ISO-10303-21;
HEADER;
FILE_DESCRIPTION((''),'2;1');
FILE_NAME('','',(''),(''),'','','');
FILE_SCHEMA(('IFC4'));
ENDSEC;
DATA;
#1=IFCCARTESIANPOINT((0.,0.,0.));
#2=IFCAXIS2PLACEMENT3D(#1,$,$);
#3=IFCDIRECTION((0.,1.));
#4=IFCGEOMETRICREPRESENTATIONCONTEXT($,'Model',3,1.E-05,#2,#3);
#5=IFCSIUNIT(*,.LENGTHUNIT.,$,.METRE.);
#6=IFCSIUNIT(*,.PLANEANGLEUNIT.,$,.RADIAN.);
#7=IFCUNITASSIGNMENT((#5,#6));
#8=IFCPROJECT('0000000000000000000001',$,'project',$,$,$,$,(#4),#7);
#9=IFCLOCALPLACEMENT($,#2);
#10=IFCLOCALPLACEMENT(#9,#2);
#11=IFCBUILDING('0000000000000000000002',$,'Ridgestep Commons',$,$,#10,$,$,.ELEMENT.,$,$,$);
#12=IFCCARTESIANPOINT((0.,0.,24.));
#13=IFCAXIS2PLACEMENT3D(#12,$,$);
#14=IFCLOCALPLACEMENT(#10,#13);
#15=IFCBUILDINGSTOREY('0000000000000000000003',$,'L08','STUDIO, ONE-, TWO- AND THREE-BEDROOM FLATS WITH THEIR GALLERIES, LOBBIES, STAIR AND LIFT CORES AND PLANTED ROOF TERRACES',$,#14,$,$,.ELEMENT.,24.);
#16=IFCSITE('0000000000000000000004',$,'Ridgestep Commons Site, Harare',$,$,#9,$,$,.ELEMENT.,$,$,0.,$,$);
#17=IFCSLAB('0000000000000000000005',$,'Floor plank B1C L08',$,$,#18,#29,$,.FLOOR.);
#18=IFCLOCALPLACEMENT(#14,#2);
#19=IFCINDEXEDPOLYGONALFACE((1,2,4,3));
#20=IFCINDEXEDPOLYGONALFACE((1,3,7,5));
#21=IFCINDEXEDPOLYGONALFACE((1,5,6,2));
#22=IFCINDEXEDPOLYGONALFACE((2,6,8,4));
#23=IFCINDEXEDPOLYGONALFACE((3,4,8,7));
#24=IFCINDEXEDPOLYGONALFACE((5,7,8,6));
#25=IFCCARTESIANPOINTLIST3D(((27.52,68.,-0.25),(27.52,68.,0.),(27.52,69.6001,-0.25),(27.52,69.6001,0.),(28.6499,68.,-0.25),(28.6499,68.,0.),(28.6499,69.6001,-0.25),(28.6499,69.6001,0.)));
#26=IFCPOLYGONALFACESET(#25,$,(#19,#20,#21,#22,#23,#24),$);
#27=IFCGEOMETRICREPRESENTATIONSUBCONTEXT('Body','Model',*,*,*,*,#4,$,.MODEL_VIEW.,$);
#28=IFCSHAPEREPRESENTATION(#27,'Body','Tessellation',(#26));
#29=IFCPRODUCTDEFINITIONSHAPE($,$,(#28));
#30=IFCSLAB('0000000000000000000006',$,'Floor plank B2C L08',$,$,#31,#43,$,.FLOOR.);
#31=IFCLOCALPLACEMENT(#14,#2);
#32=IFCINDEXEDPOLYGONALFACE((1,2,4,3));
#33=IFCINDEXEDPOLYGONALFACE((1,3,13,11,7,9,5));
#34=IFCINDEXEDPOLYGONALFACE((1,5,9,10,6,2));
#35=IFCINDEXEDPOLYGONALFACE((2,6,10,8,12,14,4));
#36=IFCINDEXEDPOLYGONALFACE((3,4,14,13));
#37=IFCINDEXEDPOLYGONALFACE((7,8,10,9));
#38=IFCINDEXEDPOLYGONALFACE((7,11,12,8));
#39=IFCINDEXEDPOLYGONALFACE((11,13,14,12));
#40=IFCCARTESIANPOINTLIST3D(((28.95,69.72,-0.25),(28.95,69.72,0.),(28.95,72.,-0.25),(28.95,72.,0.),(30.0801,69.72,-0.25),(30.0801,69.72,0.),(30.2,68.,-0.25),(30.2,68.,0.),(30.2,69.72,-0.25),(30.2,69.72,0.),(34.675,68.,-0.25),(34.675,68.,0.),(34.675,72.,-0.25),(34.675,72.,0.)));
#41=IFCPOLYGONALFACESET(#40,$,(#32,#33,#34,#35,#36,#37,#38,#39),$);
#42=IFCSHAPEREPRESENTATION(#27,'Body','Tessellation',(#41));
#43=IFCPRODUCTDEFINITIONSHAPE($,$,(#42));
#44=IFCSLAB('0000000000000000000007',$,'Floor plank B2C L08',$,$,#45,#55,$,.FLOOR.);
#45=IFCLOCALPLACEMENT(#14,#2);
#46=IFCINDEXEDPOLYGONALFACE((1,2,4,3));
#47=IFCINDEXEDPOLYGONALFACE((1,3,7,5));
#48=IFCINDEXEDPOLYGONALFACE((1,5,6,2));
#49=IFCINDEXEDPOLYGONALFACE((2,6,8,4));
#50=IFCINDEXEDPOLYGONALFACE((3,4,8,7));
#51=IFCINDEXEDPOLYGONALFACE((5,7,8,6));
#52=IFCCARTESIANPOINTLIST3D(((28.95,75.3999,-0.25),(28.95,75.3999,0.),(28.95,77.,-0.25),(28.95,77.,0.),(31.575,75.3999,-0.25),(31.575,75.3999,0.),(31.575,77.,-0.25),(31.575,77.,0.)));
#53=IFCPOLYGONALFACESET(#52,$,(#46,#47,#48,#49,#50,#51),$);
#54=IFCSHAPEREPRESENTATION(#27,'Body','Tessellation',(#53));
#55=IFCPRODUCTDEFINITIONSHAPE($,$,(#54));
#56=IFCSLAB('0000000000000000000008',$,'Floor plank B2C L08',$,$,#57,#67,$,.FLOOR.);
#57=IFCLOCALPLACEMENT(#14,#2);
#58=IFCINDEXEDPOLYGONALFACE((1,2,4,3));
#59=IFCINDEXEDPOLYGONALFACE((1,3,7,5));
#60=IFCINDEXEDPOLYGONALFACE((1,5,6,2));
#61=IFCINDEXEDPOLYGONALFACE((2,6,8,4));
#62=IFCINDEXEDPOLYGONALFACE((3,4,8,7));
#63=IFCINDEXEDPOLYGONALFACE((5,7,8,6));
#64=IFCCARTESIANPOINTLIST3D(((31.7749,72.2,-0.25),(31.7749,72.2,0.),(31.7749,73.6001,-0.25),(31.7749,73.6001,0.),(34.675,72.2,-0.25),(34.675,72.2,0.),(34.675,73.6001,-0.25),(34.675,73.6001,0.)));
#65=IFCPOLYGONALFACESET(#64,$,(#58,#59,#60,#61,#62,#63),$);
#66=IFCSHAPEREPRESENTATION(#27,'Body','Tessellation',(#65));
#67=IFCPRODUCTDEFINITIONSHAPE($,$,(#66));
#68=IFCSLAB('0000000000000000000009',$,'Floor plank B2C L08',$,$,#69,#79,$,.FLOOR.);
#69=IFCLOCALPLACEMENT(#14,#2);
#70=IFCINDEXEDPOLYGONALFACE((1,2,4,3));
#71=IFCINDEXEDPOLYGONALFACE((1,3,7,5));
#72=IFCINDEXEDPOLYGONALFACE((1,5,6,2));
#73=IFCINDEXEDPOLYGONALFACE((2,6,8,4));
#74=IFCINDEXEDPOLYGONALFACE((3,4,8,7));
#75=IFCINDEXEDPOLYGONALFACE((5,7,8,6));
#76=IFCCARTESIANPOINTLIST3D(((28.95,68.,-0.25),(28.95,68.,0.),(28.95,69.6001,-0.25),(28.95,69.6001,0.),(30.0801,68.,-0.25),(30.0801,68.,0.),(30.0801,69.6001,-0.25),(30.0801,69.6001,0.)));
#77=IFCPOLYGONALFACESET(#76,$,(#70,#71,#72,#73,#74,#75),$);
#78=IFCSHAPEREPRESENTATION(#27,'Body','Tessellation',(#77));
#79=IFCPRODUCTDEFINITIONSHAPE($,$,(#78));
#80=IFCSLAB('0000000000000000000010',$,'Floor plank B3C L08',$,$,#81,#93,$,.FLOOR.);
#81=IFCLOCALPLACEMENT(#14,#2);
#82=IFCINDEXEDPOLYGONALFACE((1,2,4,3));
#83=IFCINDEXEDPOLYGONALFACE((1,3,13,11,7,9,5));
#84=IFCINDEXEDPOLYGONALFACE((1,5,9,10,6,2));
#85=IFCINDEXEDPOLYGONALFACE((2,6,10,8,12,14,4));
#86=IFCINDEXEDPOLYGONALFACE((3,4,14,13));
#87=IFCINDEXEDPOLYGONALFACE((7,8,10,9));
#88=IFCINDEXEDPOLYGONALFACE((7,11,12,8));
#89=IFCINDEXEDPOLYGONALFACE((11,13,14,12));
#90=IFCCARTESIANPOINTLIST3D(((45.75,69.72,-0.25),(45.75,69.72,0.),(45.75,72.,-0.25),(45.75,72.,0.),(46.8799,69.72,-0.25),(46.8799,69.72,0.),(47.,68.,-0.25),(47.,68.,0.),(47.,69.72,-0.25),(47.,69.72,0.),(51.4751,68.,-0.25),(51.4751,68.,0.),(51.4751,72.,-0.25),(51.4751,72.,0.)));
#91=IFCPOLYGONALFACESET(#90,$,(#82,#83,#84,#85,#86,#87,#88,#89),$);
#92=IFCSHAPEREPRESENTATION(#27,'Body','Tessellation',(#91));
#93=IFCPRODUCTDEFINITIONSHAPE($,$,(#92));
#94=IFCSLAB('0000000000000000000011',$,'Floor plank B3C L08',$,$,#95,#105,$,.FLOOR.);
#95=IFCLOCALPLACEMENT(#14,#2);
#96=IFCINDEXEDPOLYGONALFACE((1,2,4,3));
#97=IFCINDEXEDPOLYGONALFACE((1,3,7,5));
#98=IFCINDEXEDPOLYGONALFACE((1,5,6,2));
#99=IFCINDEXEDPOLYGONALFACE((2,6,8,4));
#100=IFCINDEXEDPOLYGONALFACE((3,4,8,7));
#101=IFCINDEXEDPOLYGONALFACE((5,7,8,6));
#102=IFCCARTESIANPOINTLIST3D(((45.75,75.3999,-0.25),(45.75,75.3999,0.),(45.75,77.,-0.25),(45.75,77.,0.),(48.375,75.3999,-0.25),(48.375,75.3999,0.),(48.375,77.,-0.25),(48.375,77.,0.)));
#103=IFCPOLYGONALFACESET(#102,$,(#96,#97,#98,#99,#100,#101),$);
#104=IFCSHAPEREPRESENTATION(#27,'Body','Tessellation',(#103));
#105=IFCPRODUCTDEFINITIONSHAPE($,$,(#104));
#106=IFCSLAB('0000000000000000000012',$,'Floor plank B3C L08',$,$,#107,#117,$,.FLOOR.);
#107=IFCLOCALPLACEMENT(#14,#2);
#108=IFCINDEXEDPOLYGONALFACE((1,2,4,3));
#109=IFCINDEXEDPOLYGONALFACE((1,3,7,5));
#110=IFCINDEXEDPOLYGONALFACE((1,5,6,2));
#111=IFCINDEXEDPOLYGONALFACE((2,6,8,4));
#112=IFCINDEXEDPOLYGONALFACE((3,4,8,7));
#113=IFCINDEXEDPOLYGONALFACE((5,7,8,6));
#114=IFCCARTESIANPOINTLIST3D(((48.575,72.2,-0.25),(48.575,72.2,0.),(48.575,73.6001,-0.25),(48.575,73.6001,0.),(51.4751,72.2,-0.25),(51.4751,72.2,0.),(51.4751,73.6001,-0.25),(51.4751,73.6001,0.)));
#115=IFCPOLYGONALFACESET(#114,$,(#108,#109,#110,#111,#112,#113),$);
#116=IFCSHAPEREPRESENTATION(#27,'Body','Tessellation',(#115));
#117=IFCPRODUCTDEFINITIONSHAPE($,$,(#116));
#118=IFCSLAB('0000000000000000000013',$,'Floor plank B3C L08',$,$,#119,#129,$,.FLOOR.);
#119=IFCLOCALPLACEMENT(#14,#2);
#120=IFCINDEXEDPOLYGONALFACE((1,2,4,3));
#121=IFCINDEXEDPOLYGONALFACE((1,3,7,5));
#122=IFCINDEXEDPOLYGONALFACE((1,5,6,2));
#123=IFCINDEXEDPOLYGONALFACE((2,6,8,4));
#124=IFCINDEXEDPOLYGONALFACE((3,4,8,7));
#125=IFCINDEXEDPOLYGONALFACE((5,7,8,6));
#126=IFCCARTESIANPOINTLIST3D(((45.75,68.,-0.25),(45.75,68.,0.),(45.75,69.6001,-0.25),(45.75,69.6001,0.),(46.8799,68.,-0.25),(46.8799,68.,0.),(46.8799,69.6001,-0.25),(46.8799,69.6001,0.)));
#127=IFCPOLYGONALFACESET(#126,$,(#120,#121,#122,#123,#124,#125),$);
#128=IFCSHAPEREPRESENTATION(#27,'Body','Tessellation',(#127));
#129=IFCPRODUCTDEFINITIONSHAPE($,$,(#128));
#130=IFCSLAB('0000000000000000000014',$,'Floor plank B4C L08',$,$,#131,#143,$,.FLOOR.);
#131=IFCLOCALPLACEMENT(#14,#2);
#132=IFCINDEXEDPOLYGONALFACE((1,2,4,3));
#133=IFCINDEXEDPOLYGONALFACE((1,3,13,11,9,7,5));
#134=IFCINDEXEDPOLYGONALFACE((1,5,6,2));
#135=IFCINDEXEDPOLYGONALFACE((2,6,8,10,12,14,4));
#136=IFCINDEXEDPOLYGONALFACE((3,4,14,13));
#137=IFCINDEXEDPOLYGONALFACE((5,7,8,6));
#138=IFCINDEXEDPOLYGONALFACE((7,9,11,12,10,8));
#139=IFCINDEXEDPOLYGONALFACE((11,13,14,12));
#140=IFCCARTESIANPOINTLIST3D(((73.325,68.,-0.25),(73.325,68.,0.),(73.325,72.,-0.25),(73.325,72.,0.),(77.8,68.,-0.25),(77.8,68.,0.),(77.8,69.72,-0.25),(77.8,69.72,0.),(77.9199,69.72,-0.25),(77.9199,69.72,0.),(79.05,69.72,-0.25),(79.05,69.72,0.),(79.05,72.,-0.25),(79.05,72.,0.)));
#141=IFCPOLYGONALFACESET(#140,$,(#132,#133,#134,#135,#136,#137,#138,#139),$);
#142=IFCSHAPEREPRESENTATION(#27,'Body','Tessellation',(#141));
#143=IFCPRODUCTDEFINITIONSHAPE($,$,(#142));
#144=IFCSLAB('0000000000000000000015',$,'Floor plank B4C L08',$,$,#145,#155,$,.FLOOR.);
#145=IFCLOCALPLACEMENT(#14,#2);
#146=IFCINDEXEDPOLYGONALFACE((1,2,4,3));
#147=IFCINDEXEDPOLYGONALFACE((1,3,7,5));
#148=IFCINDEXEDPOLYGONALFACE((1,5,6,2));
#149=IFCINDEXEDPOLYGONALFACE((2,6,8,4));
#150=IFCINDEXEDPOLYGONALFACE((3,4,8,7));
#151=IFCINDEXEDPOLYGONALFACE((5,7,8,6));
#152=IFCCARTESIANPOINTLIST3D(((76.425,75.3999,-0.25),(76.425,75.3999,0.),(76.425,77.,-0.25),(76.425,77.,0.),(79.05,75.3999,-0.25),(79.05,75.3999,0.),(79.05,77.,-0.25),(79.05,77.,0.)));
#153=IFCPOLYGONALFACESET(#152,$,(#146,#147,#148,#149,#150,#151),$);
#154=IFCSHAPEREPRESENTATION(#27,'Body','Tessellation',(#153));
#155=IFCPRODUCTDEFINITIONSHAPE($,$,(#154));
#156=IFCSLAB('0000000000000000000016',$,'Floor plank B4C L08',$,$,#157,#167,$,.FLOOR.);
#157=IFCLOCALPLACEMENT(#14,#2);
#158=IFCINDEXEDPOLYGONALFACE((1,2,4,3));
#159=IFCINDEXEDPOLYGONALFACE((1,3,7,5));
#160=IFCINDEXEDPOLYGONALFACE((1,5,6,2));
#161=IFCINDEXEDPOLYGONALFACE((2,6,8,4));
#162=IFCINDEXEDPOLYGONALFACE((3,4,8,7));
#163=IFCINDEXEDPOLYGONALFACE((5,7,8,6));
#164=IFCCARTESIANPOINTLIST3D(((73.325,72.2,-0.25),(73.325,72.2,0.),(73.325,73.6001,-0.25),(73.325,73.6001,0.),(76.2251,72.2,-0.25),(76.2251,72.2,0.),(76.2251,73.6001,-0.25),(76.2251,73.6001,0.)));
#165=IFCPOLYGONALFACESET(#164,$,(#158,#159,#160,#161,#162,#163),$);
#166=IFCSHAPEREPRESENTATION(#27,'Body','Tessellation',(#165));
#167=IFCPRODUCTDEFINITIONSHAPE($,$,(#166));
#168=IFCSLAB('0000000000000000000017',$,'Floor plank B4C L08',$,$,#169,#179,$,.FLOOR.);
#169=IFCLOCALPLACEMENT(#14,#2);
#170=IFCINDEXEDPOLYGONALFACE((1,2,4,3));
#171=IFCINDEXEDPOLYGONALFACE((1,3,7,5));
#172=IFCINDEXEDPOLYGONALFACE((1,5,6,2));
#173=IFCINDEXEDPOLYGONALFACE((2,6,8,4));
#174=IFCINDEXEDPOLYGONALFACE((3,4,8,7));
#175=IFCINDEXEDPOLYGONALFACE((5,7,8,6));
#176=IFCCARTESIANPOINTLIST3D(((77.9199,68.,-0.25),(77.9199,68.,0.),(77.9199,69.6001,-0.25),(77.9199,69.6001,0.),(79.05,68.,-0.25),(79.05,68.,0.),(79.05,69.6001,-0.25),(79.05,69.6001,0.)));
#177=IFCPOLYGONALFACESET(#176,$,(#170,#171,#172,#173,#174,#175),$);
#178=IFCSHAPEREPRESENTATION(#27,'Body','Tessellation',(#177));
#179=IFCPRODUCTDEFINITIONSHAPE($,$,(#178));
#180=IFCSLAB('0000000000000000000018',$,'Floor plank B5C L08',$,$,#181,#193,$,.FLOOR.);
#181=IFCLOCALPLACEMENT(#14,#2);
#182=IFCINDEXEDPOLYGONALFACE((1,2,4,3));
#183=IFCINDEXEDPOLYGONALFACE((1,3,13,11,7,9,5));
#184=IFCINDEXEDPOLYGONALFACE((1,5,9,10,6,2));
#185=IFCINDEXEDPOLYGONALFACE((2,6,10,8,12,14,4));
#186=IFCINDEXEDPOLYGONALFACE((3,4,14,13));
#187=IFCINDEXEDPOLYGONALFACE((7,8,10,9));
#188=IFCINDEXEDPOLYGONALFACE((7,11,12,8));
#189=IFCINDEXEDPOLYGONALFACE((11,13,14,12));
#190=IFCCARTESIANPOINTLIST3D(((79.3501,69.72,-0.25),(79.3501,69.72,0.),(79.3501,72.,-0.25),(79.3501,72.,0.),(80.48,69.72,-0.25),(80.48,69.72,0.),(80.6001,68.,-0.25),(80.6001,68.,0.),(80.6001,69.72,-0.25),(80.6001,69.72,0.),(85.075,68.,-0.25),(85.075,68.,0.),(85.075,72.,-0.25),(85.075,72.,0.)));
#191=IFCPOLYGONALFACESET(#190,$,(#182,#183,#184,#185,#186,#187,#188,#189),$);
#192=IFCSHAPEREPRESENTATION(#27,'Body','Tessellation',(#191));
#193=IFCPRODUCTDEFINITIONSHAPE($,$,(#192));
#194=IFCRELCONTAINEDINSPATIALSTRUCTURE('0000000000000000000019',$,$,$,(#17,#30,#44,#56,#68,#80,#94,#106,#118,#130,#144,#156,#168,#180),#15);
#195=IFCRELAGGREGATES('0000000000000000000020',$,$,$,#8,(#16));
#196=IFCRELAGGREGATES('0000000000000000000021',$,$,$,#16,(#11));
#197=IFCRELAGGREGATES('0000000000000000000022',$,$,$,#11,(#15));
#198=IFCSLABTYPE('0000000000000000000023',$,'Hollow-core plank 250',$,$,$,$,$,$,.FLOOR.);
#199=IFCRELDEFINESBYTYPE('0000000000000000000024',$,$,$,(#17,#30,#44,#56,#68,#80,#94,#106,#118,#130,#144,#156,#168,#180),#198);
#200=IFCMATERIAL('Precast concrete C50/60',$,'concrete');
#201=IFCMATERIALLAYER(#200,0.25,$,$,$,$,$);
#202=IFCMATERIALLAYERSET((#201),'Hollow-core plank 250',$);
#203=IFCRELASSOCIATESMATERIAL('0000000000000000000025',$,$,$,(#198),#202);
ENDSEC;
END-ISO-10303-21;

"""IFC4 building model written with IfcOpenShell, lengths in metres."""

from ifc_helpers import new_model, si_unit, direction, frame, origin, place, context, subcontext, project, spatial, polyline, outline, extrude, material, layer, layer_set, type_object, element, save


model = new_model("IFC4")

# Units and contexts
model_context = context("Model", 3, precision=1e-05, world=origin(), true_north=direction((0.0, 1.0)))
body_context = subcontext(model_context, "Body", "Model", "MODEL_VIEW")
ifc_project = project(units=[si_unit("LENGTHUNIT", "METRE"), si_unit("PLANEANGLEUNIT", "RADIAN")], contexts=[model_context])

# Site, building, storey
site_placement = place(None, origin())
site = spatial("IfcSite", under=ifc_project, at=site_placement, Name="Ridgestep Commons Site, Harare", CompositionType="ELEMENT", RefElevation=0.0)
building_placement = place(site_placement, origin())
building = spatial("IfcBuilding", under=site, at=building_placement, Name="Ridgestep Commons", CompositionType="ELEMENT")
storey_placement = place(building_placement, frame((0.0, 0.0, 24.0)))
storey = spatial("IfcBuildingStorey", under=building, at=storey_placement, Name="L08", Description="STUDIO, ONE-, TWO- AND THREE-BEDROOM FLATS WITH THEIR GALLERIES, LOBBIES, STAIR AND LIFT CORES AND PLANTED ROOF TERRACES", CompositionType="ELEMENT", Elevation=24.0)

# Slabs
ifc_material_1 = material(Name="Precast concrete C50/60", Category="concrete")
ifc_layer_1 = layer(ifc_material_1, 0.25)
ifc_layer_set_1 = layer_set([ifc_layer_1], Name="Hollow-core plank 250")
slab_type_1 = type_object("IfcSlabType", Name="Hollow-core plank 250", PredefinedType="FLOOR", material=ifc_layer_set_1)
slab_1_placement = place(storey_placement, frame((0.0, 0.0, -0.25)))
element("IfcSlab", 1, at=slab_1_placement, inside=storey, type_object=slab_type_1, Name="Floor plank B1C L08", PredefinedType="FLOOR", context=body_context, shape_type="SweptSolid", body=[
    extrude(outline(polyline([(27.52, 68.0), (28.6499, 68.0), (28.6499, 69.6001), (27.52, 69.6001), (27.52, 68.0)])), origin(), (0.0, 0.0, 1.0), 0.25),
])
slab_2_placement = place(storey_placement, frame((0.0, 0.0, -0.25)))
element("IfcSlab", 2, at=slab_2_placement, inside=storey, type_object=slab_type_1, Name="Floor plank B2C L08", PredefinedType="FLOOR", context=body_context, shape_type="SweptSolid", body=[
    extrude(outline(polyline([(30.2, 68.0), (34.675, 68.0), (34.675, 72.0), (28.95, 72.0), (28.95, 69.72), (30.0801, 69.72), (30.2, 69.72), (30.2, 68.0)])), origin(), (0.0, 0.0, 1.0), 0.25),
])
slab_3_placement = place(storey_placement, frame((0.0, 0.0, -0.25)))
element("IfcSlab", 3, at=slab_3_placement, inside=storey, type_object=slab_type_1, Name="Floor plank B2C L08", PredefinedType="FLOOR", context=body_context, shape_type="SweptSolid", body=[
    extrude(outline(polyline([(31.575, 77.0), (28.95, 77.0), (28.95, 75.3999), (31.575, 75.3999), (31.575, 77.0)])), origin(), (0.0, 0.0, 1.0), 0.25),
])
slab_4_placement = place(storey_placement, frame((0.0, 0.0, -0.25)))
element("IfcSlab", 4, at=slab_4_placement, inside=storey, type_object=slab_type_1, Name="Floor plank B2C L08", PredefinedType="FLOOR", context=body_context, shape_type="SweptSolid", body=[
    extrude(outline(polyline([(34.675, 72.2), (34.675, 73.6001), (31.7749, 73.6001), (31.7749, 72.2), (34.675, 72.2)])), origin(), (0.0, 0.0, 1.0), 0.25),
])
slab_5_placement = place(storey_placement, frame((0.0, 0.0, -0.25)))
element("IfcSlab", 5, at=slab_5_placement, inside=storey, type_object=slab_type_1, Name="Floor plank B2C L08", PredefinedType="FLOOR", context=body_context, shape_type="SweptSolid", body=[
    extrude(outline(polyline([(30.0801, 69.6001), (28.95, 69.6001), (28.95, 68.0), (30.0801, 68.0), (30.0801, 69.6001)])), origin(), (0.0, 0.0, 1.0), 0.25),
])
slab_6_placement = place(storey_placement, frame((0.0, 0.0, -0.25)))
element("IfcSlab", 6, at=slab_6_placement, inside=storey, type_object=slab_type_1, Name="Floor plank B3C L08", PredefinedType="FLOOR", context=body_context, shape_type="SweptSolid", body=[
    extrude(outline(polyline([(47.0, 68.0), (51.4751, 68.0), (51.4751, 72.0), (45.75, 72.0), (45.75, 69.72), (46.8799, 69.72), (47.0, 69.72), (47.0, 68.0)])), origin(), (0.0, 0.0, 1.0), 0.25),
])
slab_7_placement = place(storey_placement, frame((0.0, 0.0, -0.25)))
element("IfcSlab", 7, at=slab_7_placement, inside=storey, type_object=slab_type_1, Name="Floor plank B3C L08", PredefinedType="FLOOR", context=body_context, shape_type="SweptSolid", body=[
    extrude(outline(polyline([(48.375, 77.0), (45.75, 77.0), (45.75, 75.3999), (48.375, 75.3999), (48.375, 77.0)])), origin(), (0.0, 0.0, 1.0), 0.25),
])
slab_8_placement = place(storey_placement, frame((0.0, 0.0, -0.25)))
element("IfcSlab", 8, at=slab_8_placement, inside=storey, type_object=slab_type_1, Name="Floor plank B3C L08", PredefinedType="FLOOR", context=body_context, shape_type="SweptSolid", body=[
    extrude(outline(polyline([(51.4751, 72.2), (51.4751, 73.6001), (48.575, 73.6001), (48.575, 72.2), (51.4751, 72.2)])), origin(), (0.0, 0.0, 1.0), 0.25),
])
slab_9_placement = place(storey_placement, frame((0.0, 0.0, -0.25)))
element("IfcSlab", 9, at=slab_9_placement, inside=storey, type_object=slab_type_1, Name="Floor plank B3C L08", PredefinedType="FLOOR", context=body_context, shape_type="SweptSolid", body=[
    extrude(outline(polyline([(46.8799, 69.6001), (45.75, 69.6001), (45.75, 68.0), (46.8799, 68.0), (46.8799, 69.6001)])), origin(), (0.0, 0.0, 1.0), 0.25),
])
slab_10_placement = place(storey_placement, frame((0.0, 0.0, -0.25)))
element("IfcSlab", 10, at=slab_10_placement, inside=storey, type_object=slab_type_1, Name="Floor plank B4C L08", PredefinedType="FLOOR", context=body_context, shape_type="SweptSolid", body=[
    extrude(outline(polyline([(77.9199, 69.72), (79.05, 69.72), (79.05, 72.0), (73.325, 72.0), (73.325, 68.0), (77.8, 68.0), (77.8, 69.72), (77.9199, 69.72)])), origin(), (0.0, 0.0, 1.0), 0.25),
])
slab_11_placement = place(storey_placement, frame((0.0, 0.0, -0.25)))
element("IfcSlab", 11, at=slab_11_placement, inside=storey, type_object=slab_type_1, Name="Floor plank B4C L08", PredefinedType="FLOOR", context=body_context, shape_type="SweptSolid", body=[
    extrude(outline(polyline([(79.05, 75.3999), (79.05, 77.0), (76.425, 77.0), (76.425, 75.3999), (79.05, 75.3999)])), origin(), (0.0, 0.0, 1.0), 0.25),
])
slab_12_placement = place(storey_placement, frame((0.0, 0.0, -0.25)))
element("IfcSlab", 12, at=slab_12_placement, inside=storey, type_object=slab_type_1, Name="Floor plank B4C L08", PredefinedType="FLOOR", context=body_context, shape_type="SweptSolid", body=[
    extrude(outline(polyline([(76.2251, 72.2), (76.2251, 73.6001), (73.325, 73.6001), (73.325, 72.2), (76.2251, 72.2)])), origin(), (0.0, 0.0, 1.0), 0.25),
])
slab_13_placement = place(storey_placement, frame((0.0, 0.0, -0.25)))
element("IfcSlab", 13, at=slab_13_placement, inside=storey, type_object=slab_type_1, Name="Floor plank B4C L08", PredefinedType="FLOOR", context=body_context, shape_type="SweptSolid", body=[
    extrude(outline(polyline([(77.9199, 68.0), (79.05, 68.0), (79.05, 69.6001), (77.9199, 69.6001), (77.9199, 68.0)])), origin(), (0.0, 0.0, 1.0), 0.25),
])
slab_14_placement = place(storey_placement, frame((0.0, 0.0, -0.25)))
element("IfcSlab", 14, at=slab_14_placement, inside=storey, type_object=slab_type_1, Name="Floor plank B5C L08", PredefinedType="FLOOR", context=body_context, shape_type="SweptSolid", body=[
    extrude(outline(polyline([(80.6001, 68.0), (85.075, 68.0), (85.075, 72.0), (79.3501, 72.0), (79.3501, 69.72), (80.48, 69.72), (80.6001, 69.72), (80.6001, 68.0)])), origin(), (0.0, 0.0, 1.0), 0.25),
])

save(model, "model.ifc")
